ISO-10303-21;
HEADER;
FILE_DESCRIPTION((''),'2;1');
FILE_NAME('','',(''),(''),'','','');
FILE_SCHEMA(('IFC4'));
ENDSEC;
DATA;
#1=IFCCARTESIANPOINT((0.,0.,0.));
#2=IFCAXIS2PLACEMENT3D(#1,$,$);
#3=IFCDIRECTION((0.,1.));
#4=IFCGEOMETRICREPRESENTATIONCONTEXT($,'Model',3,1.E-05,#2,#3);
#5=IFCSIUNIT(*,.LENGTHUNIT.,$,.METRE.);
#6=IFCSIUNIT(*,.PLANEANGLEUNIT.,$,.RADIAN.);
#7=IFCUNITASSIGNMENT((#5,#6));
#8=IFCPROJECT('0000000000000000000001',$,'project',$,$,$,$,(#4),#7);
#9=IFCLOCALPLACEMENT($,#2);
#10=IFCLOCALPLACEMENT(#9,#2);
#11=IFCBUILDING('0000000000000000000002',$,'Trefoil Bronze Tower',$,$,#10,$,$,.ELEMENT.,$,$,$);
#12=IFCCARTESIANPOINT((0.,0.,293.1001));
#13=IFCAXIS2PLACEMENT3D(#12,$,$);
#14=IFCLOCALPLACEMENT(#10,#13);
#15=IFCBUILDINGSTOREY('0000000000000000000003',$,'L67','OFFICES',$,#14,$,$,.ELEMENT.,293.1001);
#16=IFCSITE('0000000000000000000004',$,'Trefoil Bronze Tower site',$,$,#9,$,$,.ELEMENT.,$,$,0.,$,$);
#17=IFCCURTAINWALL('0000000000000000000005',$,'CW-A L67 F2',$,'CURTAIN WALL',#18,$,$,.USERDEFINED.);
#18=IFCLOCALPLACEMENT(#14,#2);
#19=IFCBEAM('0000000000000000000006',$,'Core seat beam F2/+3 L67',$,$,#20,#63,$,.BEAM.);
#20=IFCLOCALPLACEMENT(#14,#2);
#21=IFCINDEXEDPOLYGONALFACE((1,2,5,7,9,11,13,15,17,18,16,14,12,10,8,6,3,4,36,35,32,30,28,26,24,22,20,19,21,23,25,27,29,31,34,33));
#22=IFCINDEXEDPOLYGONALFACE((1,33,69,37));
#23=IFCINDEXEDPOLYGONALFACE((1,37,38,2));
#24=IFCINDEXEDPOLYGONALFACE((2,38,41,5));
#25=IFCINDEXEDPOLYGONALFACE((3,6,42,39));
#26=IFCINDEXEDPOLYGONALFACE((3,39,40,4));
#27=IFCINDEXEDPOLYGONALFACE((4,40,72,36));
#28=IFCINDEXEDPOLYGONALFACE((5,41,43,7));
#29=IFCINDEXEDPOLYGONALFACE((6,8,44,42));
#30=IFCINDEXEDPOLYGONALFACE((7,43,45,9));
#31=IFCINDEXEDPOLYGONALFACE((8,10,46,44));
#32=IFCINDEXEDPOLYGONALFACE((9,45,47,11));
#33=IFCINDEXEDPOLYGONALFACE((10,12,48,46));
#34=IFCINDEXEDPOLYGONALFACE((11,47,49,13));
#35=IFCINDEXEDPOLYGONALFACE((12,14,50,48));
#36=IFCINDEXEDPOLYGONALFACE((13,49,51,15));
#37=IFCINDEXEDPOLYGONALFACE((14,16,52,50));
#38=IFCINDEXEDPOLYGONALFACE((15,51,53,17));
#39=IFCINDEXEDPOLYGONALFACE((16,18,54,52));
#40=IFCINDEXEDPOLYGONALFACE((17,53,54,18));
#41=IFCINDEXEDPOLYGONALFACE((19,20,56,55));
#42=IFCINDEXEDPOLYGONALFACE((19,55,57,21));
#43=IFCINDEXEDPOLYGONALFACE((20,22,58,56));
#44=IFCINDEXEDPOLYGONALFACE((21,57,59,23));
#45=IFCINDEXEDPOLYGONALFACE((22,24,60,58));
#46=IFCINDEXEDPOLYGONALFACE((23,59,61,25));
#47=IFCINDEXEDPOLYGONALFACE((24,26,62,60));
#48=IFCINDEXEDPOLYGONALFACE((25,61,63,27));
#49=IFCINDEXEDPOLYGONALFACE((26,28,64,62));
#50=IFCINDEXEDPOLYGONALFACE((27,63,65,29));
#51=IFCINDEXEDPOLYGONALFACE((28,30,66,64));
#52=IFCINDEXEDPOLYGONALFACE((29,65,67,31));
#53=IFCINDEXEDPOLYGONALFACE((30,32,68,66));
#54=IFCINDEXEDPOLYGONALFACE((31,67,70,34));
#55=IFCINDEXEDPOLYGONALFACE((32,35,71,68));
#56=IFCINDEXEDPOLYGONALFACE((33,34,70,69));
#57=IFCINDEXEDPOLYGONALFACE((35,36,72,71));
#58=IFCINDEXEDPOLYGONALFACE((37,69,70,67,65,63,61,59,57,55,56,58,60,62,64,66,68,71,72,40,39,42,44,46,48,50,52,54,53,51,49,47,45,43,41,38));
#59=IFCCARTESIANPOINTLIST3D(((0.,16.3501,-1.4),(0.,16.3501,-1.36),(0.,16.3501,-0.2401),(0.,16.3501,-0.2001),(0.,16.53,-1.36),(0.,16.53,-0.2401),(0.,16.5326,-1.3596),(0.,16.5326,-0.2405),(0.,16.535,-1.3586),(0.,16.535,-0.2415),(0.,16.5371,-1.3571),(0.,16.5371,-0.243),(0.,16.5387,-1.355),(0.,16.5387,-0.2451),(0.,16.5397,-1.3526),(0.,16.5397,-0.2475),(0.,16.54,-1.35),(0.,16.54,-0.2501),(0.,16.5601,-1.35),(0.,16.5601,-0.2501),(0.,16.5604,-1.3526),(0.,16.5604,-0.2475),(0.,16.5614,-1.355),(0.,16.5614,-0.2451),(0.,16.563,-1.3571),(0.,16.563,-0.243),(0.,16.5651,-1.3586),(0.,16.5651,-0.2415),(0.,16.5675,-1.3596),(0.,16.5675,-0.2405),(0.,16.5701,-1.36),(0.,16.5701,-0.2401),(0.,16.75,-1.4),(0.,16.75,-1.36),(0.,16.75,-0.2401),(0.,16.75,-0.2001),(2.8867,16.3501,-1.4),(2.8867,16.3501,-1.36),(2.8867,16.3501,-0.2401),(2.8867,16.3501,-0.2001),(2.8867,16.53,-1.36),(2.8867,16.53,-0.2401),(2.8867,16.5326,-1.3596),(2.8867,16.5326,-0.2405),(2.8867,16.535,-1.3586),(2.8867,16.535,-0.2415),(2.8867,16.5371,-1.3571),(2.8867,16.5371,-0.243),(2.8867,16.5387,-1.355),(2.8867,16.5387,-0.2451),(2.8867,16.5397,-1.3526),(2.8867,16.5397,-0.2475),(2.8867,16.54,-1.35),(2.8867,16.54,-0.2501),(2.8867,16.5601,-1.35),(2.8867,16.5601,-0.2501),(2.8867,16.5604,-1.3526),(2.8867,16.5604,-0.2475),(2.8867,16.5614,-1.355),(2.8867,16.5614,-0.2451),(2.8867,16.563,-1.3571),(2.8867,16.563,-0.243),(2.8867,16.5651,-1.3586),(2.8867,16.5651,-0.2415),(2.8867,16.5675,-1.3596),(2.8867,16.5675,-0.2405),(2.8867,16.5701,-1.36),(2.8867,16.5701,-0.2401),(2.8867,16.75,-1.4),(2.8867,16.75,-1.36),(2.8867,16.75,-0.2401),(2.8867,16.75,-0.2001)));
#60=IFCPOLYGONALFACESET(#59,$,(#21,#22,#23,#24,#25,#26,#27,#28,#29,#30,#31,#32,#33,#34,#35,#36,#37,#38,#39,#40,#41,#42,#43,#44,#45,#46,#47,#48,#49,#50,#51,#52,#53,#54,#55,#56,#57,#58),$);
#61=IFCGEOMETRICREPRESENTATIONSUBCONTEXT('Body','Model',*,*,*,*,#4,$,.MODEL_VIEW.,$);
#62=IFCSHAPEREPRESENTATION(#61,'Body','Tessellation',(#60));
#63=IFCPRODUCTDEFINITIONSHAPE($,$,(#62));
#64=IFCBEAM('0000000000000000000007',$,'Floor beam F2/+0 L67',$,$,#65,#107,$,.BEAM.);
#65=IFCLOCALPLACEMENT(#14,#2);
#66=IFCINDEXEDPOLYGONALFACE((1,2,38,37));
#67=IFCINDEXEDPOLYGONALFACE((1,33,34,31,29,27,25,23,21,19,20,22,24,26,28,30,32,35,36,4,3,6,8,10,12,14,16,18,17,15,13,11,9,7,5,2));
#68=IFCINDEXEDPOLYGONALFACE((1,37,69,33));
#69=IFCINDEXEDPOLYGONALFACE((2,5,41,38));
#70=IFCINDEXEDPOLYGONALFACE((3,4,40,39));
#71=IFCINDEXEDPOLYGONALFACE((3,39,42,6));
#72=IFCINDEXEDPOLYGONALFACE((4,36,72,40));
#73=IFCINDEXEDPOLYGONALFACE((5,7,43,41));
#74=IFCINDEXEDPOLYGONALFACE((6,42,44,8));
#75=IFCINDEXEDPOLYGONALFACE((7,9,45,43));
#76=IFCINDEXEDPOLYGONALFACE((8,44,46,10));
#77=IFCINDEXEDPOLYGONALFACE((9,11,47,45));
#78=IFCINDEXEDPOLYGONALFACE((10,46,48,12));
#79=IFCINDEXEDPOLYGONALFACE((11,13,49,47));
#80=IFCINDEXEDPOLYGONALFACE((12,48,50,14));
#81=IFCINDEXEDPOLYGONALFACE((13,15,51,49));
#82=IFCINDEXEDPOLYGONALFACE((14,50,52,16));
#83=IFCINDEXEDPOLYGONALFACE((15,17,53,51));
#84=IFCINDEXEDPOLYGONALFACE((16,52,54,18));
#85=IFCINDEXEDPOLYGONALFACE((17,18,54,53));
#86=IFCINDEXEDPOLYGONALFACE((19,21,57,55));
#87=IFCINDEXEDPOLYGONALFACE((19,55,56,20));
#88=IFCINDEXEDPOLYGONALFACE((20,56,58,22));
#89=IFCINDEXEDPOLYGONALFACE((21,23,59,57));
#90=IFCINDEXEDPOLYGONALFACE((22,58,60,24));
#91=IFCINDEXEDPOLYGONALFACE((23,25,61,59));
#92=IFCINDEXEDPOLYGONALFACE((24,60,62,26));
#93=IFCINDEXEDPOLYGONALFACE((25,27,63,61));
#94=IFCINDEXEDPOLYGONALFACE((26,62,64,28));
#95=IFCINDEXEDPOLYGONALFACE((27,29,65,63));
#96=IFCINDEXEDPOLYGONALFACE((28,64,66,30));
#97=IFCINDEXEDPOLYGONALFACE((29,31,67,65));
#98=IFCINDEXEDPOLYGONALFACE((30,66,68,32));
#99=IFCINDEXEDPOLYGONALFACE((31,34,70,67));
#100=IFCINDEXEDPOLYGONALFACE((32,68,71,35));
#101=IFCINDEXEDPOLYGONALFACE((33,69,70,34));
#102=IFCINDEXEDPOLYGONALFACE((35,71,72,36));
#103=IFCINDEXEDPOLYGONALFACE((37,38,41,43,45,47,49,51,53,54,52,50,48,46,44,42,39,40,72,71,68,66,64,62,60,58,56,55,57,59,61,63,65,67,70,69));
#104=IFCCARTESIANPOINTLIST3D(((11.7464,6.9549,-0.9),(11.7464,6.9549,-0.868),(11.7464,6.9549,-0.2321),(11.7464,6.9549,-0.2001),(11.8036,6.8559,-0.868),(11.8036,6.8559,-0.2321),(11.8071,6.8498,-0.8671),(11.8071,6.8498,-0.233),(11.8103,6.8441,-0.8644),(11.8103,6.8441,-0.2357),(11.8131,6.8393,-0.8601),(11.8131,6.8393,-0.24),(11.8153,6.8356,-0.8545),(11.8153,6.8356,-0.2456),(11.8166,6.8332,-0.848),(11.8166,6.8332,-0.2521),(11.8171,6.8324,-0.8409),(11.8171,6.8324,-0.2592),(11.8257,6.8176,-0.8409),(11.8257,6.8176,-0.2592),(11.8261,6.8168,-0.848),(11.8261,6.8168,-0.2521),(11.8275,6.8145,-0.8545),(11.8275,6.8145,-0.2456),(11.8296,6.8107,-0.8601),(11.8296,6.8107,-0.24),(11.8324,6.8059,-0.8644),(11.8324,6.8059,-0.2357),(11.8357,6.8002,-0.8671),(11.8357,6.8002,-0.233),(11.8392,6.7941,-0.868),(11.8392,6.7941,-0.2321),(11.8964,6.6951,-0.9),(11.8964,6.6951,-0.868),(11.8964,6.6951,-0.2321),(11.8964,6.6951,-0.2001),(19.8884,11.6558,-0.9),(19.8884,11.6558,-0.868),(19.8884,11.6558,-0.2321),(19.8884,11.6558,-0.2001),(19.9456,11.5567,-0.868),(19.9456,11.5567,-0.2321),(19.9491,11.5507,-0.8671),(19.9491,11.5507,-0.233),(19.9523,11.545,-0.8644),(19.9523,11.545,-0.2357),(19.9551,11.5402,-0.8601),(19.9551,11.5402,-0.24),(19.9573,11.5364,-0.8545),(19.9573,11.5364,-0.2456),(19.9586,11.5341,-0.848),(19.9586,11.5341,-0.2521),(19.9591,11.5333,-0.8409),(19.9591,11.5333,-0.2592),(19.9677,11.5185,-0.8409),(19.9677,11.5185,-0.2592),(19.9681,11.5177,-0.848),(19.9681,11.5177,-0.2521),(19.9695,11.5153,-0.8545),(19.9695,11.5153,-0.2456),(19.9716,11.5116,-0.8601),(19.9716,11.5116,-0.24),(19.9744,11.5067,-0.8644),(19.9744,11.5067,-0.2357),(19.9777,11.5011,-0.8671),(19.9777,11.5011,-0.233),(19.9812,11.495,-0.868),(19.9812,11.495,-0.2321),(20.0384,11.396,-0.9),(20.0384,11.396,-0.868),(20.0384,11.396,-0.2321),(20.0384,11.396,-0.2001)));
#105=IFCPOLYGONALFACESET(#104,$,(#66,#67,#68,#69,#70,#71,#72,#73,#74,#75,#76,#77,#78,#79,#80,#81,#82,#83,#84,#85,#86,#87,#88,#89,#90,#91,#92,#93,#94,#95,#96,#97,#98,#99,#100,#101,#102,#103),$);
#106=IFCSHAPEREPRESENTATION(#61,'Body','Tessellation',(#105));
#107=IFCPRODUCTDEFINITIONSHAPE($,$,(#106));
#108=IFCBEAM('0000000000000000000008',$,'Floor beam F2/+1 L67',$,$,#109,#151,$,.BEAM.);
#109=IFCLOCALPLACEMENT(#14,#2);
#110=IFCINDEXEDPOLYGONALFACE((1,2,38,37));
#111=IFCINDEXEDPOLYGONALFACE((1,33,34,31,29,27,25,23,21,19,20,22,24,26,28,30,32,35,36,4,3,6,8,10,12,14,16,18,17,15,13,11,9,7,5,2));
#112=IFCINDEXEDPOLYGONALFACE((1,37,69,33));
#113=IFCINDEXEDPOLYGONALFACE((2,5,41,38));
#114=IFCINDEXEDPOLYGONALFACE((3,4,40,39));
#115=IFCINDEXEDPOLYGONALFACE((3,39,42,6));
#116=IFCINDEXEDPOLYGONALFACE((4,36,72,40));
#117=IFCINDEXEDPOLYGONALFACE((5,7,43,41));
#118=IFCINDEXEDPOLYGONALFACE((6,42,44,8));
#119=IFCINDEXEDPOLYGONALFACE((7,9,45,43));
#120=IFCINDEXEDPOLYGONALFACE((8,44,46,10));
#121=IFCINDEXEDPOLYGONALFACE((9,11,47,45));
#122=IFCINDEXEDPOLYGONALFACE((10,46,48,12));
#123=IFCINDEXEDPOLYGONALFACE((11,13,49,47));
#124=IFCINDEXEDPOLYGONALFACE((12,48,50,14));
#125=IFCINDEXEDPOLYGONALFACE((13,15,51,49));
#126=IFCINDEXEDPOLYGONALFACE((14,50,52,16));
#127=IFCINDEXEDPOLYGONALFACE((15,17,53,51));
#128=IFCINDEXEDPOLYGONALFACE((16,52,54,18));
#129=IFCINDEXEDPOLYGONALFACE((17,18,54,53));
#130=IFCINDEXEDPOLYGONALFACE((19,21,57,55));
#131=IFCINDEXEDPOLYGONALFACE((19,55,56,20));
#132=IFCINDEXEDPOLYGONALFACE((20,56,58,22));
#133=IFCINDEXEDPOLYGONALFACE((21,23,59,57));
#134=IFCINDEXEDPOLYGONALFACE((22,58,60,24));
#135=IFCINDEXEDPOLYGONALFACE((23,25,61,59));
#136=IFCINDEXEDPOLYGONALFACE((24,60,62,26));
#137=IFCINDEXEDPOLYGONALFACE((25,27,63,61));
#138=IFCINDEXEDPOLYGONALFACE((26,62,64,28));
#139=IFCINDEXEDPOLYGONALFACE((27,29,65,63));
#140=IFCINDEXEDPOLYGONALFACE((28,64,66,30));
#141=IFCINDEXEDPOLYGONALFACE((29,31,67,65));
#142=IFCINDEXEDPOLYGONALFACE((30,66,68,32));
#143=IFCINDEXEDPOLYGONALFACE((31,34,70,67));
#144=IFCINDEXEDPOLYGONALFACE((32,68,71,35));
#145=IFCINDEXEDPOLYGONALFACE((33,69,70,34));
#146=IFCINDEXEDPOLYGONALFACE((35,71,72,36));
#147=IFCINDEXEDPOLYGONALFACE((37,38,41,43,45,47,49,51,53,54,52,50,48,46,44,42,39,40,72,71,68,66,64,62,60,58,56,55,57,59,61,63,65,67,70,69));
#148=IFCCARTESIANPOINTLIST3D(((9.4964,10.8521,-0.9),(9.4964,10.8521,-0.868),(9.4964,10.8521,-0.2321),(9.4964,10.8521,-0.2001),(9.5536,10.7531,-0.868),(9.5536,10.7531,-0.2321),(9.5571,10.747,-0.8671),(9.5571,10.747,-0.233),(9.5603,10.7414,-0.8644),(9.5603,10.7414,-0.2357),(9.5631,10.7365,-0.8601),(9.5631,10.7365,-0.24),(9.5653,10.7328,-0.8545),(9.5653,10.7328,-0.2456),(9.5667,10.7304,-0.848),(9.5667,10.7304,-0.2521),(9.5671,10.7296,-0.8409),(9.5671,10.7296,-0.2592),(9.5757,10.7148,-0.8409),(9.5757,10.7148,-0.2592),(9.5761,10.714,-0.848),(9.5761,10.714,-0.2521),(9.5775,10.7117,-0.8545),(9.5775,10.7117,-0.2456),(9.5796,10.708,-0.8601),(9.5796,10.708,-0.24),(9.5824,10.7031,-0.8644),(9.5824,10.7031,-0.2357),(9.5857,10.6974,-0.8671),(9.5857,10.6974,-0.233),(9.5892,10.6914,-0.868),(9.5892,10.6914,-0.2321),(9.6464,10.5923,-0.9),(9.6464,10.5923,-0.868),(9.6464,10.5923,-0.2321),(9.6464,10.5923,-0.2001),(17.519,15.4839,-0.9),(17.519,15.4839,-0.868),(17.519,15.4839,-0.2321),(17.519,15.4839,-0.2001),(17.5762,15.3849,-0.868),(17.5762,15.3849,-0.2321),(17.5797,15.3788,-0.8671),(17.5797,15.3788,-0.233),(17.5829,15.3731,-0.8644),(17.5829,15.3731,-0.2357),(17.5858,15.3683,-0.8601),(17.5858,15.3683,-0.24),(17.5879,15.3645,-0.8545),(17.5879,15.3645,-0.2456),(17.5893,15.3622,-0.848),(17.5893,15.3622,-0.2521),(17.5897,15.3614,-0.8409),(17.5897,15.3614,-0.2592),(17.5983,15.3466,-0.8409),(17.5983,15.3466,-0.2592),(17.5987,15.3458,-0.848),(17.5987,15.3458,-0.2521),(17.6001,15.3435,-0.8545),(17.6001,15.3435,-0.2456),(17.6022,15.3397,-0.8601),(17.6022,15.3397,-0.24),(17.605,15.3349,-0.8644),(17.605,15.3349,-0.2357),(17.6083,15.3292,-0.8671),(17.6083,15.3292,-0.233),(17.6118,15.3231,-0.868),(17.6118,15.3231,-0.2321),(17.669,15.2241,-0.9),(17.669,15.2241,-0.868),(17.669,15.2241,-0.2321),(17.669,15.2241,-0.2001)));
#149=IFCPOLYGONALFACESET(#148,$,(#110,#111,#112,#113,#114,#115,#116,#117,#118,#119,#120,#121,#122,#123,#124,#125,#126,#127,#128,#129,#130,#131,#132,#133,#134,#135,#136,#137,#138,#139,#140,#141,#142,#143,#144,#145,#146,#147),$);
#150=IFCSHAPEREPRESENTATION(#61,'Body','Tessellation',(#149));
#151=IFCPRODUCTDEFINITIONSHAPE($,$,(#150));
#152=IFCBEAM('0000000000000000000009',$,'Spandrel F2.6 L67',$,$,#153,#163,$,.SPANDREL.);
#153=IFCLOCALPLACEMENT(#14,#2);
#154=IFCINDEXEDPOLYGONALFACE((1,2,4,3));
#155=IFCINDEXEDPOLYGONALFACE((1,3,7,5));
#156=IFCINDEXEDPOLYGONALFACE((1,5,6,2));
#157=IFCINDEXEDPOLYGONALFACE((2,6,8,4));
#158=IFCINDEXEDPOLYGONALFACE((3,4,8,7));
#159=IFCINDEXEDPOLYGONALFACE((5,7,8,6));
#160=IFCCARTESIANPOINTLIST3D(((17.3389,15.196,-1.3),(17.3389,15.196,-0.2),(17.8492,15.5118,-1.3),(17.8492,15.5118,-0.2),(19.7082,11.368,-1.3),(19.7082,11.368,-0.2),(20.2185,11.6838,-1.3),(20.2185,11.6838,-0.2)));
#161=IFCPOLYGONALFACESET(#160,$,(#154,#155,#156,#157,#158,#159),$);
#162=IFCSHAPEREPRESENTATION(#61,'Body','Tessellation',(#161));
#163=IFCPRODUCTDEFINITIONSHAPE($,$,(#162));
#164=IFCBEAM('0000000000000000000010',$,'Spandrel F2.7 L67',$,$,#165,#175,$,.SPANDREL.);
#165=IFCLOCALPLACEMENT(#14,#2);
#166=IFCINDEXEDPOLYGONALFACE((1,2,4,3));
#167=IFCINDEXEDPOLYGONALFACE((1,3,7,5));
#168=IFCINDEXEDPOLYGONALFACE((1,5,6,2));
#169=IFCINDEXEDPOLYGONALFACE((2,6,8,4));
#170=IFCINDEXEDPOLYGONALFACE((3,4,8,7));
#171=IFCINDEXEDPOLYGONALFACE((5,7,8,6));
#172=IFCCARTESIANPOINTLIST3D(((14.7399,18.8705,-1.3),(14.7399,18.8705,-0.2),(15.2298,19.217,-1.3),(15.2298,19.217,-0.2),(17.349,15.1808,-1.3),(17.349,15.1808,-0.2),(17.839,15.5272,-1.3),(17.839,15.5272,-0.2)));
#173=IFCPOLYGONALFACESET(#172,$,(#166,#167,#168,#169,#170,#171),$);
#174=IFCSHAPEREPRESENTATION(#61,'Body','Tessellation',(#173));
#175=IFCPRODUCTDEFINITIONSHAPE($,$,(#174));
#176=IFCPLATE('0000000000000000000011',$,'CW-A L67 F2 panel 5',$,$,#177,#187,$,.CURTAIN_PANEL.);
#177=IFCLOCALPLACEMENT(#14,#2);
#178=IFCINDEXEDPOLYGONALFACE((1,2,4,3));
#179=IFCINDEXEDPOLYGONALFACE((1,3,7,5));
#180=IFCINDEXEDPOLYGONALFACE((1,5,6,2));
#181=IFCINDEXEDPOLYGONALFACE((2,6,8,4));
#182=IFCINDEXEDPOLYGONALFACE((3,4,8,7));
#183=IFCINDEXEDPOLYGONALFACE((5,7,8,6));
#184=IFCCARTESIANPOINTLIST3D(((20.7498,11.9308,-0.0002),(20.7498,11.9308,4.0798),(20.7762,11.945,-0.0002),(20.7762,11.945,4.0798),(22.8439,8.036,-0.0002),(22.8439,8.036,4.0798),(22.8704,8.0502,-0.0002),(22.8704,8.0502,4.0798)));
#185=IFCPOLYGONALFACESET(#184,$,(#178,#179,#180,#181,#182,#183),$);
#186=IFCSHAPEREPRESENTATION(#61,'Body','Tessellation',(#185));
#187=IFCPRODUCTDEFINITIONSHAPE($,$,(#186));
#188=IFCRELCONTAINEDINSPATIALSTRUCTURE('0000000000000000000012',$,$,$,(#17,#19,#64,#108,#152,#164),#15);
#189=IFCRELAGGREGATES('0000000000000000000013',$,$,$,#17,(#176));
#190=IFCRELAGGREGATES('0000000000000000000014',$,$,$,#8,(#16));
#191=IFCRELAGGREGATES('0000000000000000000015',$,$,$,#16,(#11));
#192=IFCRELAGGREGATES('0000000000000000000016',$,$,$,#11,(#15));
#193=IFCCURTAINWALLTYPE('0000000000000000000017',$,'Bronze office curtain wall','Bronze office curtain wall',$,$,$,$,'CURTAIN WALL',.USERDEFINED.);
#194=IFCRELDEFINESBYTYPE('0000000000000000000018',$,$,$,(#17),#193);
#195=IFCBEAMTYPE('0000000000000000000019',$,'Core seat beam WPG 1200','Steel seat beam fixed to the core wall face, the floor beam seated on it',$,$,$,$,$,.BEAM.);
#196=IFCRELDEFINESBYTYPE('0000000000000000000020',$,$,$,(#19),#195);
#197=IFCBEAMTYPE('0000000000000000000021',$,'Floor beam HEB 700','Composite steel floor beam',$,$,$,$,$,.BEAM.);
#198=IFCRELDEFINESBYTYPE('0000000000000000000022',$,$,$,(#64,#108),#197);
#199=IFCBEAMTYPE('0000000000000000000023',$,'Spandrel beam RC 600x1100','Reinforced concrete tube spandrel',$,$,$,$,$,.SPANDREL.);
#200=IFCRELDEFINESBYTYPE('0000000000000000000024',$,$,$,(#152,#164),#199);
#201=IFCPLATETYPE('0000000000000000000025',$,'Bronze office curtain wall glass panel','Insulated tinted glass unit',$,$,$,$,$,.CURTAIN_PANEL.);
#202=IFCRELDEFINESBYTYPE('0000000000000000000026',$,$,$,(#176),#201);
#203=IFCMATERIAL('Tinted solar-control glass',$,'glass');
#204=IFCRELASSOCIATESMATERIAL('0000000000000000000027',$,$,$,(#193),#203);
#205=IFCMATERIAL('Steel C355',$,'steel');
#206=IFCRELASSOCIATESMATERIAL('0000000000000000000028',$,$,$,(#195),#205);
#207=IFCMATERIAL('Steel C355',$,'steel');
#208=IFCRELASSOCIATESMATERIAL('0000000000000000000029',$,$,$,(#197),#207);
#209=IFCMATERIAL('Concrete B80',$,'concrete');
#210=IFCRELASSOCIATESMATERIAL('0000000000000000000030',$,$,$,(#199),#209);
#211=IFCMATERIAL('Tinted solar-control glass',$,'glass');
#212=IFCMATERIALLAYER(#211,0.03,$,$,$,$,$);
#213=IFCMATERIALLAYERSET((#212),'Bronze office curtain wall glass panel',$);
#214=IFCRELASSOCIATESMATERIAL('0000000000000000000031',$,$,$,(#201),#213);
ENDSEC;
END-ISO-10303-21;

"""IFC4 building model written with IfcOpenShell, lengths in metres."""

from ifc_helpers import new_model, si_unit, direction, frame, origin, origin_2d, place, context, subcontext, project, spatial, rectangle, i_section, extrude, material, layer, layer_set, material_profile, profile_set, type_object, element, aggregate, save


model = new_model("IFC4")

# Units and contexts
model_context = context("Model", 3, precision=1e-05, world=origin(), true_north=direction((0.0, 1.0)))
body_context = subcontext(model_context, "Body", "Model", "MODEL_VIEW")
ifc_project = project(units=[si_unit("LENGTHUNIT", "METRE"), si_unit("PLANEANGLEUNIT", "RADIAN")], contexts=[model_context])

# Site, building, storey
site_placement = place(None, origin())
site = spatial("IfcSite", under=ifc_project, at=site_placement, Name="Trefoil Bronze Tower site", CompositionType="ELEMENT", RefElevation=0.0)
building_placement = place(site_placement, origin())
building = spatial("IfcBuilding", under=site, at=building_placement, Name="Trefoil Bronze Tower", CompositionType="ELEMENT")
storey_placement = place(building_placement, frame((0.0, 0.0, 293.1001)))
storey = spatial("IfcBuildingStorey", under=building, at=storey_placement, Name="L67", Description="OFFICES", CompositionType="ELEMENT", Elevation=293.1001)

# Curtain wall
ifc_material_1 = material(Name="Tinted solar-control glass", Category="glass")
curtain_wall_type = type_object("IfcCurtainWallType", Name="Bronze office curtain wall", Description="Bronze office curtain wall", ElementType="CURTAIN WALL", PredefinedType="USERDEFINED", material=ifc_material_1)
curtain_wall_placement = place(storey_placement, origin())
curtain_wall = element("IfcCurtainWall", 1, at=curtain_wall_placement, inside=storey, type_object=curtain_wall_type, Name="CW-A L67 F2", ObjectType="CURTAIN WALL", PredefinedType="USERDEFINED")

# Beams
ifc_material_2 = material(Name="Steel C355", Category="steel")
ifc_material_profile_1 = material_profile(ifc_material_2, i_section(OverallWidth=0.3999, OverallDepth=1.2, WebThickness=0.02, FlangeThickness=0.04, FilletRadius=0.01, at=origin_2d()), Name="WPG 1200")
ifc_profile_set_1 = profile_set([ifc_material_profile_1], Name="Steel C355")
beam_type_1 = type_object("IfcBeamType", Name="Core seat beam WPG 1200", Description="Steel seat beam fixed to the core wall face, the floor beam seated on it", PredefinedType="BEAM", material=ifc_profile_set_1)
beam_1_placement = place(storey_placement, frame((2.8867, 16.55, -0.8), z_axis=(-1.0, 0.0, 0.0), x_axis=(0.0, -1.0, 0.0)))
element("IfcBeam", 2, at=beam_1_placement, inside=storey, type_object=beam_type_1, Name="Core seat beam F2/+3 L67", PredefinedType="BEAM", context=body_context, shape_type="SweptSolid", body=[
    extrude(i_section(OverallWidth=0.3999, OverallDepth=1.2, WebThickness=0.02, FlangeThickness=0.04, FilletRadius=0.01, at=origin_2d()), origin(), (0.0, 0.0, 1.0), 2.8867),
])
ifc_material_3 = material(Name="Steel C355", Category="steel")
ifc_material_profile_2 = material_profile(ifc_material_3, i_section(OverallWidth=0.3, OverallDepth=0.7, WebThickness=0.0171, FlangeThickness=0.032, FilletRadius=0.0271, at=origin_2d()), Name="HEB 700")
ifc_profile_set_2 = profile_set([ifc_material_profile_2], Name="Steel C355")
beam_type_2 = type_object("IfcBeamType", Name="Floor beam HEB 700", Description="Composite steel floor beam", PredefinedType="BEAM", material=ifc_profile_set_2)
beam_2_placement = place(storey_placement, frame((19.9634, 11.5259, -0.55), z_axis=(-0.866021, -0.500007, 0.0), x_axis=(0.500007, -0.866021, 0.0)))
element("IfcBeam", 3, at=beam_2_placement, inside=storey, type_object=beam_type_2, Name="Floor beam F2/+0 L67", PredefinedType="BEAM", context=body_context, shape_type="SweptSolid", body=[
    extrude(i_section(OverallWidth=0.3, OverallDepth=0.7, WebThickness=0.0171, FlangeThickness=0.032, FilletRadius=0.0271, at=origin_2d()), origin(), (0.0, 0.0, 1.0), 9.4016),
])
beam_3_placement = place(storey_placement, frame((17.594, 15.354, -0.55), z_axis=(-0.866029, -0.499994, 0.0), x_axis=(0.499994, -0.866029, 0.0)))
element("IfcBeam", 4, at=beam_3_placement, inside=storey, type_object=beam_type_2, Name="Floor beam F2/+1 L67", PredefinedType="BEAM", context=body_context, shape_type="SweptSolid", body=[
    extrude(i_section(OverallWidth=0.3, OverallDepth=0.7, WebThickness=0.0171, FlangeThickness=0.032, FilletRadius=0.0271, at=origin_2d()), origin(), (0.0, 0.0, 1.0), 9.2637),
])
ifc_material_4 = material(Name="Concrete B80", Category="concrete")
ifc_material_profile_3 = material_profile(ifc_material_4, rectangle(XDim=0.6001, YDim=1.1001, at=origin_2d()), Name="RC 600x1100")
ifc_profile_set_3 = profile_set([ifc_material_profile_3], Name="Concrete B80")
beam_type_3 = type_object("IfcBeamType", Name="Spandrel beam RC 600x1100", Description="Reinforced concrete tube spandrel", PredefinedType="SPANDREL", material=ifc_profile_set_3)
beam_4_placement = place(storey_placement, frame((19.9634, 11.5259, -0.75), z_axis=(-0.526289, 0.850306, 0.0), x_axis=(-0.850306, -0.526289, 0.0)))
element("IfcBeam", 5, at=beam_4_placement, inside=storey, type_object=beam_type_3, Name="Spandrel F2.6 L67", PredefinedType="SPANDREL", context=body_context, shape_type="SweptSolid", body=[
    extrude(rectangle(XDim=0.6001, YDim=1.1001, at=origin_2d()), origin(), (0.0, 0.0, 1.0), 4.502),
])
beam_5_placement = place(storey_placement, frame((17.594, 15.354, -0.75), z_axis=(-0.577368, 0.816484, 0.0), x_axis=(-0.816484, -0.577368, 0.0)))
element("IfcBeam", 6, at=beam_5_placement, inside=storey, type_object=beam_type_3, Name="Spandrel F2.7 L67", PredefinedType="SPANDREL", context=body_context, shape_type="SweptSolid", body=[
    extrude(rectangle(XDim=0.6001, YDim=1.1001, at=origin_2d()), origin(), (0.0, 0.0, 1.0), 4.519),
])

# Plate
ifc_material_5 = material(Name="Tinted solar-control glass", Category="glass")
ifc_layer_1 = layer(ifc_material_5, 0.03)
ifc_layer_set_1 = layer_set([ifc_layer_1], Name="Bronze office curtain wall glass panel")
plate_type = type_object("IfcPlateType", Name="Bronze office curtain wall glass panel", Description="Insulated tinted glass unit", PredefinedType="CURTAIN_PANEL", material=ifc_layer_set_1)
plate_1_placement = place(storey_placement, frame((21.8101, 9.9905, -0.0002), z_axis=(0.0, 0.0, 1.0), x_axis=(-0.473562, 0.88076, 0.0)))
plate_1 = element("IfcPlate", 7, at=plate_1_placement, type_object=plate_type, Name="CW-A L67 F2 panel 5", PredefinedType="CURTAIN_PANEL", context=body_context, shape_type="SweptSolid", body=[
    extrude(rectangle(XDim=4.4221, YDim=0.03, at=origin_2d()), origin(), (0.0, 0.0, 1.0), 4.0801),
])
aggregate(curtain_wall, [plate_1])

save(model, "model.ifc")
